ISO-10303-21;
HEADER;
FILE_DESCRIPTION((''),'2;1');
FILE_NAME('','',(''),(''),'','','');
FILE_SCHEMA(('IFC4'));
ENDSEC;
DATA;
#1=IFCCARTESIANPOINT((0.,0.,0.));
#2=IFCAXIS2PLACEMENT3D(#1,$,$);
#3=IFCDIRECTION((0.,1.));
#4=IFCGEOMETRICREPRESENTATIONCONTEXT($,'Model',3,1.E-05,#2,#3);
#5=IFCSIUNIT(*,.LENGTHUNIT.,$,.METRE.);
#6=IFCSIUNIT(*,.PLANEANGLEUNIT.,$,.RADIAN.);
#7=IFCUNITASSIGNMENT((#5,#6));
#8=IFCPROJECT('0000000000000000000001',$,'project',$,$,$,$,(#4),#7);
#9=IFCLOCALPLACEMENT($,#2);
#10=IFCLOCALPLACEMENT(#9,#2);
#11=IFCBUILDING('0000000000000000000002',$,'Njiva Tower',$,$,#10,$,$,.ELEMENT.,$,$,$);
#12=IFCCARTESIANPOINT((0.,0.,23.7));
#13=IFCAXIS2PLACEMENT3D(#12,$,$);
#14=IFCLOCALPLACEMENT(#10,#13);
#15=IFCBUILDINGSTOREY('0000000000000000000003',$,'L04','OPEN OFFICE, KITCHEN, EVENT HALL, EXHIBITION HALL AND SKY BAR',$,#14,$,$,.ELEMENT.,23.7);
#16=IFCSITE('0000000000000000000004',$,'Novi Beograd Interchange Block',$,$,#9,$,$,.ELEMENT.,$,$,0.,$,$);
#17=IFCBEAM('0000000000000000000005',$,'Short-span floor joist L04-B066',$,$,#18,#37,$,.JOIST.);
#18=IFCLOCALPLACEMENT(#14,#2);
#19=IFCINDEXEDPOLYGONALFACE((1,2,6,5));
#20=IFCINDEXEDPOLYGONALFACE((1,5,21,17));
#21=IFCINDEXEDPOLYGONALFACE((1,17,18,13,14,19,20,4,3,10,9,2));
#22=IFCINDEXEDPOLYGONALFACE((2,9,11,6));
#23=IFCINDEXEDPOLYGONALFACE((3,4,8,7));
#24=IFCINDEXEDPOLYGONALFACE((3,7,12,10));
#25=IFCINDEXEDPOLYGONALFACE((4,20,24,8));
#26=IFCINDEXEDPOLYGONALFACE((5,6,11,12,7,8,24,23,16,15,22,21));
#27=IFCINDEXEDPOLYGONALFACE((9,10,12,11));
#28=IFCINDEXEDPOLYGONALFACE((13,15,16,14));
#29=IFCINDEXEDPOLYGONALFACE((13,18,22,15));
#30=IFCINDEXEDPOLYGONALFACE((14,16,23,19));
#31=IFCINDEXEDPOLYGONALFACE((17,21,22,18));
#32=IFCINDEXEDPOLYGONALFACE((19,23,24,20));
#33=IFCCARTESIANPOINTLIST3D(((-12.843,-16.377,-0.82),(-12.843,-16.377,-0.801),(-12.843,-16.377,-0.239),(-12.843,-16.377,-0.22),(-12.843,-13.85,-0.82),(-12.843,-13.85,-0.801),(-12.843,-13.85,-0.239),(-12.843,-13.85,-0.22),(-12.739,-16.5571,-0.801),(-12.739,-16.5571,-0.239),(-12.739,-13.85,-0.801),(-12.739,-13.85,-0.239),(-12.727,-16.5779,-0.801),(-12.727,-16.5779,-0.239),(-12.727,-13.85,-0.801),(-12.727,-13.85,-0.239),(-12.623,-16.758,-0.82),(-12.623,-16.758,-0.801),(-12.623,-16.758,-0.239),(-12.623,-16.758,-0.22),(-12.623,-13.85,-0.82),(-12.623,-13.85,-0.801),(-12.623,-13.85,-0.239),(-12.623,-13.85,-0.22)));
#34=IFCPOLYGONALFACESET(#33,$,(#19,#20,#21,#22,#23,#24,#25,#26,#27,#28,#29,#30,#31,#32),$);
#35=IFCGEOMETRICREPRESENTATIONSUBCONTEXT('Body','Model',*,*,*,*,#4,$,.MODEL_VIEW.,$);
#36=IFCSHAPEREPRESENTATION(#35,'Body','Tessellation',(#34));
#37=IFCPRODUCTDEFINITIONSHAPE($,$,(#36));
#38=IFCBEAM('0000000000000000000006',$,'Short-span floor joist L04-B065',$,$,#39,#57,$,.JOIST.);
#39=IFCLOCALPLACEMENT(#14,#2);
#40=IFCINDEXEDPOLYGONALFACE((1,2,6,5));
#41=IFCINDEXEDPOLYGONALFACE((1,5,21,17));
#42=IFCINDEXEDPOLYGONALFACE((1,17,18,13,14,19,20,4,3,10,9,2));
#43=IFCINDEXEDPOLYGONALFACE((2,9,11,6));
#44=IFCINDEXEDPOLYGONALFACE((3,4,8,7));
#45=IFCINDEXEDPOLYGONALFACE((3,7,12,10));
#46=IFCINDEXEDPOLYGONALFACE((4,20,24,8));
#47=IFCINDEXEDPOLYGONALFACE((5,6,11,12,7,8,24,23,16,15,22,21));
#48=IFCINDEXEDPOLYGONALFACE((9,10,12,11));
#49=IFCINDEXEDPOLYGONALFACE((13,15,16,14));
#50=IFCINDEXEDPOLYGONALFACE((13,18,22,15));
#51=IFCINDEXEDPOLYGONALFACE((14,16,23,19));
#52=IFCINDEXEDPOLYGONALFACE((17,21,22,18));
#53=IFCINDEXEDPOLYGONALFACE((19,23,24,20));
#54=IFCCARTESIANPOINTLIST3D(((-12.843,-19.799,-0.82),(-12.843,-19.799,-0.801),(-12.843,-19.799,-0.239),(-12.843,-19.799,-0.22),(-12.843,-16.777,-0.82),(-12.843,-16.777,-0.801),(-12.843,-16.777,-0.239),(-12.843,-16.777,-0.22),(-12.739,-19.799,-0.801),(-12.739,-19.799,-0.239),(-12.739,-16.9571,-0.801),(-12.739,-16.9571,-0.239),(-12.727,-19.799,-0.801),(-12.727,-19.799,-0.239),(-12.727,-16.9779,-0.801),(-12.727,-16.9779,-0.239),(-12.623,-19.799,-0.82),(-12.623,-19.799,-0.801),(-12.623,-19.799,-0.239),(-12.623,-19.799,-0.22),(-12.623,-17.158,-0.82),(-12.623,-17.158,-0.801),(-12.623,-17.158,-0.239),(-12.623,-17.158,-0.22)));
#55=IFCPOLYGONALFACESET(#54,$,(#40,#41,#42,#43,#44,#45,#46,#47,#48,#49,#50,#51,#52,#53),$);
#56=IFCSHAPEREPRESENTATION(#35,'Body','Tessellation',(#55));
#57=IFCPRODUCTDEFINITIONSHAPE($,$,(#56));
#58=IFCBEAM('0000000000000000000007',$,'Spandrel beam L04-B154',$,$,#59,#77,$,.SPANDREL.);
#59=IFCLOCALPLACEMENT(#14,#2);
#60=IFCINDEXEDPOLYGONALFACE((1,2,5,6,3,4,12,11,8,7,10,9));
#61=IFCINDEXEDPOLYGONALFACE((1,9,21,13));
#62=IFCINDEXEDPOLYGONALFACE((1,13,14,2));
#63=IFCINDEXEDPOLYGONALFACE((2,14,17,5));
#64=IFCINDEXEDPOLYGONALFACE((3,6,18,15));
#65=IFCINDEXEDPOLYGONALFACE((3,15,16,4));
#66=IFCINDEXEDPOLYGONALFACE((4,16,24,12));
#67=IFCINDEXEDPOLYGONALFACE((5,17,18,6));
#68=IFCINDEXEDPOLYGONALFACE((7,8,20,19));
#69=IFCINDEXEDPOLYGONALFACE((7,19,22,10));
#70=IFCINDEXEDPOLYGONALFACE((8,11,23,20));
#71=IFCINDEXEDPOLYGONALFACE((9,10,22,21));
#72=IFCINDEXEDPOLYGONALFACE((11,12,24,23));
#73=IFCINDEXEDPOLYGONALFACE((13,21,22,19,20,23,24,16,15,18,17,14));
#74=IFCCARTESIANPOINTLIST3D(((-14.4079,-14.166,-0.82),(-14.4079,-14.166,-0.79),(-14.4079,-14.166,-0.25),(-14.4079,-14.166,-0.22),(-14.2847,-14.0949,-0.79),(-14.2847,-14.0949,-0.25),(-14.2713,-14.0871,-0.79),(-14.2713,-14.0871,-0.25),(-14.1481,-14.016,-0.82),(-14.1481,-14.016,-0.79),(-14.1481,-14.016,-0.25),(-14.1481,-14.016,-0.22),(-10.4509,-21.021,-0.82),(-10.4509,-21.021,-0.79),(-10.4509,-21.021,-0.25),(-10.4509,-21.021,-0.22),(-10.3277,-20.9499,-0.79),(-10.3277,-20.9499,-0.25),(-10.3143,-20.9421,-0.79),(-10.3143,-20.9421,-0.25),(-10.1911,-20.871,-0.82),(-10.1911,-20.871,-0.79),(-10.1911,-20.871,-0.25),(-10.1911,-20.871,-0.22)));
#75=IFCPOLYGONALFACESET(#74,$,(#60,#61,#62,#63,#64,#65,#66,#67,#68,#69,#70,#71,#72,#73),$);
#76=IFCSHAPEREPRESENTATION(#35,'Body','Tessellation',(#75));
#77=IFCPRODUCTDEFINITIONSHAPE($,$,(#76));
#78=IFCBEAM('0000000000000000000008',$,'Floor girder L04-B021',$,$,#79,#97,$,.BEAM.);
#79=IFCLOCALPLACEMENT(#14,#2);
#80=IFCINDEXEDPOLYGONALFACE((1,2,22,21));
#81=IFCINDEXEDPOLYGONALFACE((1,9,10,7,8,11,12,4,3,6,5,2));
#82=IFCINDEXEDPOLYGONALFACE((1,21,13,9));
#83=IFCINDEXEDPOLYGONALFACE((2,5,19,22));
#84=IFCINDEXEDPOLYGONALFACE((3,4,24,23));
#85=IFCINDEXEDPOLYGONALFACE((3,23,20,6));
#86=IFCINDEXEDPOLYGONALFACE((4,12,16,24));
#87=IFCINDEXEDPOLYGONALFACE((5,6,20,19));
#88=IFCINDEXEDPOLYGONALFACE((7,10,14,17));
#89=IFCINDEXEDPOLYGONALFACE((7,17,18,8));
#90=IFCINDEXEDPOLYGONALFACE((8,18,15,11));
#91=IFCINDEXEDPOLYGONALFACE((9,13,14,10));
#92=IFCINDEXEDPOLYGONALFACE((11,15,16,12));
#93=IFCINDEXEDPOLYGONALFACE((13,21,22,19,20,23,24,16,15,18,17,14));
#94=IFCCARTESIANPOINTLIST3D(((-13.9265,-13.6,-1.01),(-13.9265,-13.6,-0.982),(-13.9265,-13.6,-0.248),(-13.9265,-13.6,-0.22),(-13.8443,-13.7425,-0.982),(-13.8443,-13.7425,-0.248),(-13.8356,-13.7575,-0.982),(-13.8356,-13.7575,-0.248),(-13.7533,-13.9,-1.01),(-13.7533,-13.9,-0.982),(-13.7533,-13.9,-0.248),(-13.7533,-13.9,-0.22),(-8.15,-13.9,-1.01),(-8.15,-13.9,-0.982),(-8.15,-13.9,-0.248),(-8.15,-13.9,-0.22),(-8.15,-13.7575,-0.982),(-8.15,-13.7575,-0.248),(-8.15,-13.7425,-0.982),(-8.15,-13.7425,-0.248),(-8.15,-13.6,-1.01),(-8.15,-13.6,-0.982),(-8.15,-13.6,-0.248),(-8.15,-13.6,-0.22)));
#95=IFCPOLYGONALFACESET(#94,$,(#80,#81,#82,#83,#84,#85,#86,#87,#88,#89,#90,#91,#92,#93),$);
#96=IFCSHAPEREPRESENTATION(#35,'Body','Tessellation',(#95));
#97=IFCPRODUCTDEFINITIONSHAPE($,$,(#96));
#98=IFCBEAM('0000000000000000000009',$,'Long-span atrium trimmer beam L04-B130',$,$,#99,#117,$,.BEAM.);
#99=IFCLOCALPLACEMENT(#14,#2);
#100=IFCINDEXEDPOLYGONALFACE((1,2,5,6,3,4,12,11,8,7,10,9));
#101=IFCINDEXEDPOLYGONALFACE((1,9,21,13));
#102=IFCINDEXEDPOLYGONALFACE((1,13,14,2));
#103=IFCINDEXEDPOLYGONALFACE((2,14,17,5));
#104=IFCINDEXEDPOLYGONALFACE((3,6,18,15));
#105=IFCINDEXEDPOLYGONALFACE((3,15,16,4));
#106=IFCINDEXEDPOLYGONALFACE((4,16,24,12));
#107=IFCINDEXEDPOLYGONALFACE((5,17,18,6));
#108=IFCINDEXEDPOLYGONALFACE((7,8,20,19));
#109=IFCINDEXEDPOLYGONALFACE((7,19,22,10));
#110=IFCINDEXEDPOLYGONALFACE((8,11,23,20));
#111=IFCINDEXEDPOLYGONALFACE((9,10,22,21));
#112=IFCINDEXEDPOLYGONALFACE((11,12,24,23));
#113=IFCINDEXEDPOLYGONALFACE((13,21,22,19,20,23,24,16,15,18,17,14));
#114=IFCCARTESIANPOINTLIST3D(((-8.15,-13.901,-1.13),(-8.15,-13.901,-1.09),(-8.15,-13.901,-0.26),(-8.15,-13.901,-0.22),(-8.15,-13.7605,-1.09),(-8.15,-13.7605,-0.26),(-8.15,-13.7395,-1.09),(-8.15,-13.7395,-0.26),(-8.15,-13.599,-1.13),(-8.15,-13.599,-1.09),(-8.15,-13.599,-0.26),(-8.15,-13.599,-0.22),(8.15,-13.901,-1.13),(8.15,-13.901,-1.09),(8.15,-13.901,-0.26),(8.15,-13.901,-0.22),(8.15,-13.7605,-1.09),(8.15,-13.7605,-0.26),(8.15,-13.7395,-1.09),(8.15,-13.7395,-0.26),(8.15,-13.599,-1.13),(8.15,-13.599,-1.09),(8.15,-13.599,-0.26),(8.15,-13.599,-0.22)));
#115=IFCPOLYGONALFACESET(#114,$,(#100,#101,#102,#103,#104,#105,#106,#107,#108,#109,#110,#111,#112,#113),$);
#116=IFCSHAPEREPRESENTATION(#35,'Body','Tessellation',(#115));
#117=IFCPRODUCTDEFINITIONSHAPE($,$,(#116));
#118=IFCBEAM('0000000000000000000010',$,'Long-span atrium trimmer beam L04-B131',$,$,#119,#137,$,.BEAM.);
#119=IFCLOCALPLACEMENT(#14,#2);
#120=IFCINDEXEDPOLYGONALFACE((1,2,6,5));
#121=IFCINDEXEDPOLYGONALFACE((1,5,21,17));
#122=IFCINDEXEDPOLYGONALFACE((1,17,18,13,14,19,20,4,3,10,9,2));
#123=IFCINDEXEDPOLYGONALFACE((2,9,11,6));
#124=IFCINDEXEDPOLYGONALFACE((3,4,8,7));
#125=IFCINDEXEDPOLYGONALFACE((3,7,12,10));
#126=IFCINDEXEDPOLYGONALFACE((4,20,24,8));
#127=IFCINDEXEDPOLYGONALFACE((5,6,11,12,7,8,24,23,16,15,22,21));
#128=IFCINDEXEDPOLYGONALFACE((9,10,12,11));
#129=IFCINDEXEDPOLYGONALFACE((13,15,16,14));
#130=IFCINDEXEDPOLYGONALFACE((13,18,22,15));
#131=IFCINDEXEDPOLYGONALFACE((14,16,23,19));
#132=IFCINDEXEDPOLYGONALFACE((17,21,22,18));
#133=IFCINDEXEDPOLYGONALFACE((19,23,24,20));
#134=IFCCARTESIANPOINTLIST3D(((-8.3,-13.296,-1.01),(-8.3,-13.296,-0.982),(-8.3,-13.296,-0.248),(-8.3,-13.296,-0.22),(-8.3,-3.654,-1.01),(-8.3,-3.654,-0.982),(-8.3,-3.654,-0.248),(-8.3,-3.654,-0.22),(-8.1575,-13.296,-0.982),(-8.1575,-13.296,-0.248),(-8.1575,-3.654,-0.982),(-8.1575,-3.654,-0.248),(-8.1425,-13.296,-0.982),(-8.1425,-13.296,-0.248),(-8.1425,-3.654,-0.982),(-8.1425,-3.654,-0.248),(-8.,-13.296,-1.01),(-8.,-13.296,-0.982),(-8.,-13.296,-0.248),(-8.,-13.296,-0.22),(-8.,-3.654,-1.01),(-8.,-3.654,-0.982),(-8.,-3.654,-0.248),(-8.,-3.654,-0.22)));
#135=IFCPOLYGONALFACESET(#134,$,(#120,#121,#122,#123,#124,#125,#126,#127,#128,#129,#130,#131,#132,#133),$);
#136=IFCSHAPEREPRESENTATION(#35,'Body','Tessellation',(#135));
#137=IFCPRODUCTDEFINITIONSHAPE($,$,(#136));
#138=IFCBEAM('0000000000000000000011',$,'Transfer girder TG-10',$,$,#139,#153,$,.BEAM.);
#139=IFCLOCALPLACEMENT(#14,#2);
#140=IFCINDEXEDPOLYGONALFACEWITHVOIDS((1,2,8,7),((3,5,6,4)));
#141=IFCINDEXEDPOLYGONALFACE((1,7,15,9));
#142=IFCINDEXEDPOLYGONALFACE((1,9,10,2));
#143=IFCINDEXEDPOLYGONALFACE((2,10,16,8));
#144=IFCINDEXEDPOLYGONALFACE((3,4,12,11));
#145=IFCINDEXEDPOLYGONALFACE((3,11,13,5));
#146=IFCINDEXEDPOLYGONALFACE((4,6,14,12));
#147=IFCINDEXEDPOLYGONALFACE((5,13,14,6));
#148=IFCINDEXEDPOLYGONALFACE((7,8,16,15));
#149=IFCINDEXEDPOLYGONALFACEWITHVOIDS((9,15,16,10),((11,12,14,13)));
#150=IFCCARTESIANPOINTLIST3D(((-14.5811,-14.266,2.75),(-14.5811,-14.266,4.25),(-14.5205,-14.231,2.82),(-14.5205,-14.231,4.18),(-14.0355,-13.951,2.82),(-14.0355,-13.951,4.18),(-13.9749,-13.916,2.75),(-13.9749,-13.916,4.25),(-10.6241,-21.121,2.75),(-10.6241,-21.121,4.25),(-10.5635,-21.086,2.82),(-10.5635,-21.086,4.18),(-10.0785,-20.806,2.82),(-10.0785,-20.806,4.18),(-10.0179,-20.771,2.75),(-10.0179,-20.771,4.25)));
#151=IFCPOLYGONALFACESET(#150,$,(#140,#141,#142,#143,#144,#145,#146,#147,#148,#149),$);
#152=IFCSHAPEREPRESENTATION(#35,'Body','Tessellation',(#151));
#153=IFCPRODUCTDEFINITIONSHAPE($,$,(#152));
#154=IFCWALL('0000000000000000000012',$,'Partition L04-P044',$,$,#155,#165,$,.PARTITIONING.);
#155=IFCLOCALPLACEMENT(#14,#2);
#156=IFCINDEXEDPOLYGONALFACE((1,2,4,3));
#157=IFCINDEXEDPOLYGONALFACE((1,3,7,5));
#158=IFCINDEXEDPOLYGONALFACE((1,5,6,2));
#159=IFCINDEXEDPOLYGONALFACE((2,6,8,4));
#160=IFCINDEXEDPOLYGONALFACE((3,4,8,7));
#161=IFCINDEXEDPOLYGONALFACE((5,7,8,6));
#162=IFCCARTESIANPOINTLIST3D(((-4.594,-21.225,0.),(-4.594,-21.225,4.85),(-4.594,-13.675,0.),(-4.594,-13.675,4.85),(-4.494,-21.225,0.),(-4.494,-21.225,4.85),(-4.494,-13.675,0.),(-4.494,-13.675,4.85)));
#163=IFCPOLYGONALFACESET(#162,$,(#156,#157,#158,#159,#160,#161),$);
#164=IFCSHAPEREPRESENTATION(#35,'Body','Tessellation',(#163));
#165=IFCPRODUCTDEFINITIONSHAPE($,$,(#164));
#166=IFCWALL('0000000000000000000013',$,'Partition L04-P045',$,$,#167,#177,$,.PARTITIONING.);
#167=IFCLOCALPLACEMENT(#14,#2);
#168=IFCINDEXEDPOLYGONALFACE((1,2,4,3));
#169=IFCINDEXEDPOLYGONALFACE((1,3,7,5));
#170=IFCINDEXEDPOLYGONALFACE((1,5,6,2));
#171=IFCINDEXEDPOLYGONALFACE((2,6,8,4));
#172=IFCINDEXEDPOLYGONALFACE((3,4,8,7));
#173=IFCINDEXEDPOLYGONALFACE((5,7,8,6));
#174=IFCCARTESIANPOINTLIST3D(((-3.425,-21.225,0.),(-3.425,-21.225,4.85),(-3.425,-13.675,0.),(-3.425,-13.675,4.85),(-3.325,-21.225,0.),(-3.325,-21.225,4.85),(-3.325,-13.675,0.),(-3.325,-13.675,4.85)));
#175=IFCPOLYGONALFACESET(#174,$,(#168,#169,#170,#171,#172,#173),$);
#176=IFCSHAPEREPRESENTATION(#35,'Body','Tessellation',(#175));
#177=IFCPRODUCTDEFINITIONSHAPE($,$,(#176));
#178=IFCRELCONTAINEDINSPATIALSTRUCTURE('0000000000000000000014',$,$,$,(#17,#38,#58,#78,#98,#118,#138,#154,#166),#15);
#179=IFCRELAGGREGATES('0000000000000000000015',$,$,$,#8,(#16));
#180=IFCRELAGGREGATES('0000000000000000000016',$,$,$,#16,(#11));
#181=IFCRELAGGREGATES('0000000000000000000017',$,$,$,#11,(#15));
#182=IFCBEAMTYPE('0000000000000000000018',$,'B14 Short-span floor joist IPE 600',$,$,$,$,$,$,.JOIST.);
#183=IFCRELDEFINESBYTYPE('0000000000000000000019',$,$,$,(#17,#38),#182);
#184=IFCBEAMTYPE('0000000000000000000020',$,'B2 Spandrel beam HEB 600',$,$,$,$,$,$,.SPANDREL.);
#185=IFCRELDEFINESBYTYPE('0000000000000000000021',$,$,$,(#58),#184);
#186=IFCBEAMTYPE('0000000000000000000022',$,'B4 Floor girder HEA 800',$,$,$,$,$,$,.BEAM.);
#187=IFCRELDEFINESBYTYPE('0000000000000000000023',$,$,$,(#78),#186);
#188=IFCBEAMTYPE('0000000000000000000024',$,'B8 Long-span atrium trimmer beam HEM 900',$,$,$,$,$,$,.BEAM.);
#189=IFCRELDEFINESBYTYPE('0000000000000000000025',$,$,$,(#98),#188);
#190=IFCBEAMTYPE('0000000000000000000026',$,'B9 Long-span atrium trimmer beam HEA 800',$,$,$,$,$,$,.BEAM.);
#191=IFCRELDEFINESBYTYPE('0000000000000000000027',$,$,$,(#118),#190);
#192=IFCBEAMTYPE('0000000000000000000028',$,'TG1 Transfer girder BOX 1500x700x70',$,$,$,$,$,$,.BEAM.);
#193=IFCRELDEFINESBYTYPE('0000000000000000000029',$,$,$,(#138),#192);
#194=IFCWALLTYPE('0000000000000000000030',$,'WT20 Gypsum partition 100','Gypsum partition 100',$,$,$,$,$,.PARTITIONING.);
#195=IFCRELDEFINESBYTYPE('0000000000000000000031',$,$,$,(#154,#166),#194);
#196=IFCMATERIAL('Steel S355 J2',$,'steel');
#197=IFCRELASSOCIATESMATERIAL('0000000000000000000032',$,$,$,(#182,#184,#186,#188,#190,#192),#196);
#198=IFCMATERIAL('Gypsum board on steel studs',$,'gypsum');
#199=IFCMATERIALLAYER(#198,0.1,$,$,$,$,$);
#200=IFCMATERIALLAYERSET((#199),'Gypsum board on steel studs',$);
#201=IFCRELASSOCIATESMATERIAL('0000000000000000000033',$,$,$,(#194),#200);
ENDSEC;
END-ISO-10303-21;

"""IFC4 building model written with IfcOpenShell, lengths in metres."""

from ifc_helpers import new_model, si_unit, direction, frame, frame_2d, origin, origin_2d, place, context, subcontext, project, spatial, rectangle, hollow_rectangle, i_section, extrude, clip, halfspace, material, layer, layer_set, material_profile, profile_set, type_object, element, save


model = new_model("IFC4")

# Units and contexts
model_context = context("Model", 3, precision=1e-05, world=origin(), true_north=direction((0.0, 1.0)))
body_context = subcontext(model_context, "Body", "Model", "MODEL_VIEW")
ifc_project = project(units=[si_unit("LENGTHUNIT", "METRE"), si_unit("PLANEANGLEUNIT", "RADIAN")], contexts=[model_context])

# Site, building, storey
site_placement = place(None, origin())
site = spatial("IfcSite", under=ifc_project, at=site_placement, Name="Novi Beograd Interchange Block", CompositionType="ELEMENT", RefElevation=0.0)
building_placement = place(site_placement, origin())
building = spatial("IfcBuilding", under=site, at=building_placement, Name="Njiva Tower", CompositionType="ELEMENT")
storey_placement = place(building_placement, frame((0.0, 0.0, 23.7)))
storey = spatial("IfcBuildingStorey", under=building, at=storey_placement, Name="L04", Description="OPEN OFFICE, KITCHEN, EVENT HALL, EXHIBITION HALL AND SKY BAR", CompositionType="ELEMENT", Elevation=23.7)

# Shared definitions
ifc_material_1 = material(Name="Steel S355 J2", Category="steel")

# Beams
ifc_material_profile_1 = material_profile(ifc_material_1, i_section(OverallWidth=0.22, OverallDepth=0.6, WebThickness=0.012, FlangeThickness=0.019, at=origin_2d()), Name="IPE 600")
ifc_profile_set_1 = profile_set([ifc_material_profile_1], Name="Steel S355 J2")
beam_type_1 = type_object("IfcBeamType", Name="B14 Short-span floor joist IPE 600", PredefinedType="JOIST", material=ifc_profile_set_1)
beam_1_placement = place(storey_placement, frame((-12.733, -13.85, -0.52), z_axis=(0.0, -1.0, 0.0), x_axis=(1.0, 0.0, 0.0)))
element("IfcBeam", 1, at=beam_1_placement, inside=storey, type_object=beam_type_1, Name="Short-span floor joist L04-B066", PredefinedType="JOIST", context=body_context, shape_type="Clipping", body=[
    clip(extrude(i_section(OverallWidth=0.22, OverallDepth=0.6, WebThickness=0.012, FlangeThickness=0.019, at=origin_2d()), origin(), (0.0, 0.0, 1.0), 2.928), halfspace(frame((-0.0436, 0.0, 2.642), z_axis=(-0.866027, 0.0, 0.499998), x_axis=(0.0, 1.0, 0.0)), False)),
])
beam_2_placement = place(storey_placement, frame((-12.733, -16.756, -0.52), z_axis=(0.0, -1.0, 0.0), x_axis=(1.0, 0.0, 0.0)))
element("IfcBeam", 2, at=beam_2_placement, inside=storey, type_object=beam_type_1, Name="Short-span floor joist L04-B065", PredefinedType="JOIST", context=body_context, shape_type="Clipping", body=[
    clip(extrude(i_section(OverallWidth=0.22, OverallDepth=0.6, WebThickness=0.012, FlangeThickness=0.019, at=origin_2d()), origin(), (0.0, 0.0, 1.0), 3.043), halfspace(frame((0.043, 0.0, 0.286), z_axis=(0.866027, 0.0, -0.499998), x_axis=(0.0, -1.0, 0.0)), False)),
])
ifc_material_profile_2 = material_profile(ifc_material_1, i_section(OverallWidth=0.3, OverallDepth=0.6, WebThickness=0.0155, FlangeThickness=0.03, at=origin_2d()), Name="HEB 600")
ifc_profile_set_2 = profile_set([ifc_material_profile_2], Name="Steel S355 J2")
beam_type_2 = type_object("IfcBeamType", Name="B2 Spandrel beam HEB 600", PredefinedType="SPANDREL", material=ifc_profile_set_2)
beam_3_placement = place(storey_placement, frame((-14.278, -14.091, -0.52), z_axis=(0.49993, -0.866066, 0.0), x_axis=(0.866066, 0.49993, 0.0)))
element("IfcBeam", 3, at=beam_3_placement, inside=storey, type_object=beam_type_2, Name="Spandrel beam L04-B154", PredefinedType="SPANDREL", context=body_context, shape_type="SweptSolid", body=[
    extrude(i_section(OverallWidth=0.3, OverallDepth=0.6, WebThickness=0.0155, FlangeThickness=0.03, at=origin_2d()), origin(), (0.0, 0.0, 1.0), 7.9151),
])
ifc_material_profile_3 = material_profile(ifc_material_1, i_section(OverallWidth=0.3, OverallDepth=0.79, WebThickness=0.015, FlangeThickness=0.028, at=origin_2d()), Name="HEA 800")
ifc_profile_set_3 = profile_set([ifc_material_profile_3], Name="Steel S355 J2")
beam_type_3 = type_object("IfcBeamType", Name="B4 Floor girder HEA 800", PredefinedType="BEAM", material=ifc_profile_set_3)
beam_4_placement = place(storey_placement, frame((-13.947, -13.75, -0.615), z_axis=(1.0, 0.0, 0.0), x_axis=(0.0, 1.0, 0.0)))
element("IfcBeam", 4, at=beam_4_placement, inside=storey, type_object=beam_type_3, Name="Floor girder L04-B021", PredefinedType="BEAM", context=body_context, shape_type="Clipping", body=[
    clip(extrude(i_section(OverallWidth=0.3, OverallDepth=0.79, WebThickness=0.015, FlangeThickness=0.028, at=origin_2d()), origin(), (0.0, 0.0, 1.0), 5.797), halfspace(frame((-0.025, 0.0, 0.1215), z_axis=(-0.499998, 0.0, -0.866027), x_axis=(0.0, -1.0, 0.0)), False)),
])
ifc_material_profile_4 = material_profile(ifc_material_1, i_section(OverallWidth=0.302, OverallDepth=0.91, WebThickness=0.021, FlangeThickness=0.04, at=origin_2d()), Name="HEM 900")
ifc_profile_set_4 = profile_set([ifc_material_profile_4], Name="Steel S355 J2")
beam_type_4 = type_object("IfcBeamType", Name="B8 Long-span atrium trimmer beam HEM 900", PredefinedType="BEAM", material=ifc_profile_set_4)
beam_5_placement = place(storey_placement, frame((-8.15, -13.75, -0.675), z_axis=(1.0, 0.0, 0.0), x_axis=(0.0, 1.0, 0.0)))
element("IfcBeam", 5, at=beam_5_placement, inside=storey, type_object=beam_type_4, Name="Long-span atrium trimmer beam L04-B130", PredefinedType="BEAM", context=body_context, shape_type="SweptSolid", body=[
    extrude(i_section(OverallWidth=0.302, OverallDepth=0.91, WebThickness=0.021, FlangeThickness=0.04, at=origin_2d()), origin(), (0.0, 0.0, 1.0), 16.3),
])
ifc_material_profile_5 = material_profile(ifc_material_1, i_section(OverallWidth=0.3, OverallDepth=0.79, WebThickness=0.015, FlangeThickness=0.028, at=origin_2d()), Name="HEA 800")
ifc_profile_set_5 = profile_set([ifc_material_profile_5], Name="Steel S355 J2")
beam_type_5 = type_object("IfcBeamType", Name="B9 Long-span atrium trimmer beam HEA 800", PredefinedType="BEAM", material=ifc_profile_set_5)
beam_6_placement = place(storey_placement, frame((-8.15, -3.654, -0.615), z_axis=(0.0, -1.0, 0.0), x_axis=(1.0, 0.0, 0.0)))
element("IfcBeam", 6, at=beam_6_placement, inside=storey, type_object=beam_type_5, Name="Long-span atrium trimmer beam L04-B131", PredefinedType="BEAM", context=body_context, shape_type="SweptSolid", body=[
    extrude(i_section(OverallWidth=0.3, OverallDepth=0.79, WebThickness=0.015, FlangeThickness=0.028, at=origin_2d()), origin(), (0.0, 0.0, 1.0), 9.642),
])
ifc_material_profile_6 = material_profile(ifc_material_1, hollow_rectangle(XDim=0.7, YDim=1.5, WallThickness=0.07, at=origin_2d()), Name="BOX 1500x700x70")
ifc_profile_set_6 = profile_set([ifc_material_profile_6], Name="Steel S355 J2")
beam_type_6 = type_object("IfcBeamType", Name="TG1 Transfer girder BOX 1500x700x70", PredefinedType="BEAM", material=ifc_profile_set_6)
beam_7_placement = place(storey_placement, frame((-14.278, -14.091, 3.5), z_axis=(0.49993, -0.866066, 0.0), x_axis=(0.866066, 0.49993, 0.0)))
element("IfcBeam", 7, at=beam_7_placement, inside=storey, type_object=beam_type_6, Name="Transfer girder TG-10", PredefinedType="BEAM", context=body_context, shape_type="SweptSolid", body=[
    extrude(hollow_rectangle(XDim=0.7, YDim=1.5, WallThickness=0.07, at=origin_2d()), origin(), (0.0, 0.0, 1.0), 7.9151),
])

# Walls
ifc_material_2 = material(Name="Gypsum board on steel studs", Category="gypsum")
ifc_layer_1 = layer(ifc_material_2, 0.1)
ifc_layer_set_1 = layer_set([ifc_layer_1], Name="Gypsum board on steel studs")
wall_type_1 = type_object("IfcWallType", Name="WT20 Gypsum partition 100", Description="Gypsum partition 100", PredefinedType="PARTITIONING", material=ifc_layer_set_1)
for number, where, z_axis, x_axis, name in (
    (8, (-4.544, -21.225, 0.0), (0.0, 0.0, 1.0), (0.0, 1.0, 0.0), "Partition L04-P044"),
    (9, (-3.375, -21.225, 0.0), (0.0, 0.0, 1.0), (0.0, 1.0, 0.0), "Partition L04-P045"),
):
    element("IfcWall", number, at=place(storey_placement, frame(where, z_axis=z_axis, x_axis=x_axis)), inside=storey, type_object=wall_type_1, Name=name, PredefinedType="PARTITIONING", context=body_context, shape_type="SweptSolid", body=[
        extrude(rectangle(XDim=7.55, YDim=0.1, at=frame_2d((3.775, 0.0))), origin(), (0.0, 0.0, 1.0), 4.85),
    ])

save(model, "model.ifc")
